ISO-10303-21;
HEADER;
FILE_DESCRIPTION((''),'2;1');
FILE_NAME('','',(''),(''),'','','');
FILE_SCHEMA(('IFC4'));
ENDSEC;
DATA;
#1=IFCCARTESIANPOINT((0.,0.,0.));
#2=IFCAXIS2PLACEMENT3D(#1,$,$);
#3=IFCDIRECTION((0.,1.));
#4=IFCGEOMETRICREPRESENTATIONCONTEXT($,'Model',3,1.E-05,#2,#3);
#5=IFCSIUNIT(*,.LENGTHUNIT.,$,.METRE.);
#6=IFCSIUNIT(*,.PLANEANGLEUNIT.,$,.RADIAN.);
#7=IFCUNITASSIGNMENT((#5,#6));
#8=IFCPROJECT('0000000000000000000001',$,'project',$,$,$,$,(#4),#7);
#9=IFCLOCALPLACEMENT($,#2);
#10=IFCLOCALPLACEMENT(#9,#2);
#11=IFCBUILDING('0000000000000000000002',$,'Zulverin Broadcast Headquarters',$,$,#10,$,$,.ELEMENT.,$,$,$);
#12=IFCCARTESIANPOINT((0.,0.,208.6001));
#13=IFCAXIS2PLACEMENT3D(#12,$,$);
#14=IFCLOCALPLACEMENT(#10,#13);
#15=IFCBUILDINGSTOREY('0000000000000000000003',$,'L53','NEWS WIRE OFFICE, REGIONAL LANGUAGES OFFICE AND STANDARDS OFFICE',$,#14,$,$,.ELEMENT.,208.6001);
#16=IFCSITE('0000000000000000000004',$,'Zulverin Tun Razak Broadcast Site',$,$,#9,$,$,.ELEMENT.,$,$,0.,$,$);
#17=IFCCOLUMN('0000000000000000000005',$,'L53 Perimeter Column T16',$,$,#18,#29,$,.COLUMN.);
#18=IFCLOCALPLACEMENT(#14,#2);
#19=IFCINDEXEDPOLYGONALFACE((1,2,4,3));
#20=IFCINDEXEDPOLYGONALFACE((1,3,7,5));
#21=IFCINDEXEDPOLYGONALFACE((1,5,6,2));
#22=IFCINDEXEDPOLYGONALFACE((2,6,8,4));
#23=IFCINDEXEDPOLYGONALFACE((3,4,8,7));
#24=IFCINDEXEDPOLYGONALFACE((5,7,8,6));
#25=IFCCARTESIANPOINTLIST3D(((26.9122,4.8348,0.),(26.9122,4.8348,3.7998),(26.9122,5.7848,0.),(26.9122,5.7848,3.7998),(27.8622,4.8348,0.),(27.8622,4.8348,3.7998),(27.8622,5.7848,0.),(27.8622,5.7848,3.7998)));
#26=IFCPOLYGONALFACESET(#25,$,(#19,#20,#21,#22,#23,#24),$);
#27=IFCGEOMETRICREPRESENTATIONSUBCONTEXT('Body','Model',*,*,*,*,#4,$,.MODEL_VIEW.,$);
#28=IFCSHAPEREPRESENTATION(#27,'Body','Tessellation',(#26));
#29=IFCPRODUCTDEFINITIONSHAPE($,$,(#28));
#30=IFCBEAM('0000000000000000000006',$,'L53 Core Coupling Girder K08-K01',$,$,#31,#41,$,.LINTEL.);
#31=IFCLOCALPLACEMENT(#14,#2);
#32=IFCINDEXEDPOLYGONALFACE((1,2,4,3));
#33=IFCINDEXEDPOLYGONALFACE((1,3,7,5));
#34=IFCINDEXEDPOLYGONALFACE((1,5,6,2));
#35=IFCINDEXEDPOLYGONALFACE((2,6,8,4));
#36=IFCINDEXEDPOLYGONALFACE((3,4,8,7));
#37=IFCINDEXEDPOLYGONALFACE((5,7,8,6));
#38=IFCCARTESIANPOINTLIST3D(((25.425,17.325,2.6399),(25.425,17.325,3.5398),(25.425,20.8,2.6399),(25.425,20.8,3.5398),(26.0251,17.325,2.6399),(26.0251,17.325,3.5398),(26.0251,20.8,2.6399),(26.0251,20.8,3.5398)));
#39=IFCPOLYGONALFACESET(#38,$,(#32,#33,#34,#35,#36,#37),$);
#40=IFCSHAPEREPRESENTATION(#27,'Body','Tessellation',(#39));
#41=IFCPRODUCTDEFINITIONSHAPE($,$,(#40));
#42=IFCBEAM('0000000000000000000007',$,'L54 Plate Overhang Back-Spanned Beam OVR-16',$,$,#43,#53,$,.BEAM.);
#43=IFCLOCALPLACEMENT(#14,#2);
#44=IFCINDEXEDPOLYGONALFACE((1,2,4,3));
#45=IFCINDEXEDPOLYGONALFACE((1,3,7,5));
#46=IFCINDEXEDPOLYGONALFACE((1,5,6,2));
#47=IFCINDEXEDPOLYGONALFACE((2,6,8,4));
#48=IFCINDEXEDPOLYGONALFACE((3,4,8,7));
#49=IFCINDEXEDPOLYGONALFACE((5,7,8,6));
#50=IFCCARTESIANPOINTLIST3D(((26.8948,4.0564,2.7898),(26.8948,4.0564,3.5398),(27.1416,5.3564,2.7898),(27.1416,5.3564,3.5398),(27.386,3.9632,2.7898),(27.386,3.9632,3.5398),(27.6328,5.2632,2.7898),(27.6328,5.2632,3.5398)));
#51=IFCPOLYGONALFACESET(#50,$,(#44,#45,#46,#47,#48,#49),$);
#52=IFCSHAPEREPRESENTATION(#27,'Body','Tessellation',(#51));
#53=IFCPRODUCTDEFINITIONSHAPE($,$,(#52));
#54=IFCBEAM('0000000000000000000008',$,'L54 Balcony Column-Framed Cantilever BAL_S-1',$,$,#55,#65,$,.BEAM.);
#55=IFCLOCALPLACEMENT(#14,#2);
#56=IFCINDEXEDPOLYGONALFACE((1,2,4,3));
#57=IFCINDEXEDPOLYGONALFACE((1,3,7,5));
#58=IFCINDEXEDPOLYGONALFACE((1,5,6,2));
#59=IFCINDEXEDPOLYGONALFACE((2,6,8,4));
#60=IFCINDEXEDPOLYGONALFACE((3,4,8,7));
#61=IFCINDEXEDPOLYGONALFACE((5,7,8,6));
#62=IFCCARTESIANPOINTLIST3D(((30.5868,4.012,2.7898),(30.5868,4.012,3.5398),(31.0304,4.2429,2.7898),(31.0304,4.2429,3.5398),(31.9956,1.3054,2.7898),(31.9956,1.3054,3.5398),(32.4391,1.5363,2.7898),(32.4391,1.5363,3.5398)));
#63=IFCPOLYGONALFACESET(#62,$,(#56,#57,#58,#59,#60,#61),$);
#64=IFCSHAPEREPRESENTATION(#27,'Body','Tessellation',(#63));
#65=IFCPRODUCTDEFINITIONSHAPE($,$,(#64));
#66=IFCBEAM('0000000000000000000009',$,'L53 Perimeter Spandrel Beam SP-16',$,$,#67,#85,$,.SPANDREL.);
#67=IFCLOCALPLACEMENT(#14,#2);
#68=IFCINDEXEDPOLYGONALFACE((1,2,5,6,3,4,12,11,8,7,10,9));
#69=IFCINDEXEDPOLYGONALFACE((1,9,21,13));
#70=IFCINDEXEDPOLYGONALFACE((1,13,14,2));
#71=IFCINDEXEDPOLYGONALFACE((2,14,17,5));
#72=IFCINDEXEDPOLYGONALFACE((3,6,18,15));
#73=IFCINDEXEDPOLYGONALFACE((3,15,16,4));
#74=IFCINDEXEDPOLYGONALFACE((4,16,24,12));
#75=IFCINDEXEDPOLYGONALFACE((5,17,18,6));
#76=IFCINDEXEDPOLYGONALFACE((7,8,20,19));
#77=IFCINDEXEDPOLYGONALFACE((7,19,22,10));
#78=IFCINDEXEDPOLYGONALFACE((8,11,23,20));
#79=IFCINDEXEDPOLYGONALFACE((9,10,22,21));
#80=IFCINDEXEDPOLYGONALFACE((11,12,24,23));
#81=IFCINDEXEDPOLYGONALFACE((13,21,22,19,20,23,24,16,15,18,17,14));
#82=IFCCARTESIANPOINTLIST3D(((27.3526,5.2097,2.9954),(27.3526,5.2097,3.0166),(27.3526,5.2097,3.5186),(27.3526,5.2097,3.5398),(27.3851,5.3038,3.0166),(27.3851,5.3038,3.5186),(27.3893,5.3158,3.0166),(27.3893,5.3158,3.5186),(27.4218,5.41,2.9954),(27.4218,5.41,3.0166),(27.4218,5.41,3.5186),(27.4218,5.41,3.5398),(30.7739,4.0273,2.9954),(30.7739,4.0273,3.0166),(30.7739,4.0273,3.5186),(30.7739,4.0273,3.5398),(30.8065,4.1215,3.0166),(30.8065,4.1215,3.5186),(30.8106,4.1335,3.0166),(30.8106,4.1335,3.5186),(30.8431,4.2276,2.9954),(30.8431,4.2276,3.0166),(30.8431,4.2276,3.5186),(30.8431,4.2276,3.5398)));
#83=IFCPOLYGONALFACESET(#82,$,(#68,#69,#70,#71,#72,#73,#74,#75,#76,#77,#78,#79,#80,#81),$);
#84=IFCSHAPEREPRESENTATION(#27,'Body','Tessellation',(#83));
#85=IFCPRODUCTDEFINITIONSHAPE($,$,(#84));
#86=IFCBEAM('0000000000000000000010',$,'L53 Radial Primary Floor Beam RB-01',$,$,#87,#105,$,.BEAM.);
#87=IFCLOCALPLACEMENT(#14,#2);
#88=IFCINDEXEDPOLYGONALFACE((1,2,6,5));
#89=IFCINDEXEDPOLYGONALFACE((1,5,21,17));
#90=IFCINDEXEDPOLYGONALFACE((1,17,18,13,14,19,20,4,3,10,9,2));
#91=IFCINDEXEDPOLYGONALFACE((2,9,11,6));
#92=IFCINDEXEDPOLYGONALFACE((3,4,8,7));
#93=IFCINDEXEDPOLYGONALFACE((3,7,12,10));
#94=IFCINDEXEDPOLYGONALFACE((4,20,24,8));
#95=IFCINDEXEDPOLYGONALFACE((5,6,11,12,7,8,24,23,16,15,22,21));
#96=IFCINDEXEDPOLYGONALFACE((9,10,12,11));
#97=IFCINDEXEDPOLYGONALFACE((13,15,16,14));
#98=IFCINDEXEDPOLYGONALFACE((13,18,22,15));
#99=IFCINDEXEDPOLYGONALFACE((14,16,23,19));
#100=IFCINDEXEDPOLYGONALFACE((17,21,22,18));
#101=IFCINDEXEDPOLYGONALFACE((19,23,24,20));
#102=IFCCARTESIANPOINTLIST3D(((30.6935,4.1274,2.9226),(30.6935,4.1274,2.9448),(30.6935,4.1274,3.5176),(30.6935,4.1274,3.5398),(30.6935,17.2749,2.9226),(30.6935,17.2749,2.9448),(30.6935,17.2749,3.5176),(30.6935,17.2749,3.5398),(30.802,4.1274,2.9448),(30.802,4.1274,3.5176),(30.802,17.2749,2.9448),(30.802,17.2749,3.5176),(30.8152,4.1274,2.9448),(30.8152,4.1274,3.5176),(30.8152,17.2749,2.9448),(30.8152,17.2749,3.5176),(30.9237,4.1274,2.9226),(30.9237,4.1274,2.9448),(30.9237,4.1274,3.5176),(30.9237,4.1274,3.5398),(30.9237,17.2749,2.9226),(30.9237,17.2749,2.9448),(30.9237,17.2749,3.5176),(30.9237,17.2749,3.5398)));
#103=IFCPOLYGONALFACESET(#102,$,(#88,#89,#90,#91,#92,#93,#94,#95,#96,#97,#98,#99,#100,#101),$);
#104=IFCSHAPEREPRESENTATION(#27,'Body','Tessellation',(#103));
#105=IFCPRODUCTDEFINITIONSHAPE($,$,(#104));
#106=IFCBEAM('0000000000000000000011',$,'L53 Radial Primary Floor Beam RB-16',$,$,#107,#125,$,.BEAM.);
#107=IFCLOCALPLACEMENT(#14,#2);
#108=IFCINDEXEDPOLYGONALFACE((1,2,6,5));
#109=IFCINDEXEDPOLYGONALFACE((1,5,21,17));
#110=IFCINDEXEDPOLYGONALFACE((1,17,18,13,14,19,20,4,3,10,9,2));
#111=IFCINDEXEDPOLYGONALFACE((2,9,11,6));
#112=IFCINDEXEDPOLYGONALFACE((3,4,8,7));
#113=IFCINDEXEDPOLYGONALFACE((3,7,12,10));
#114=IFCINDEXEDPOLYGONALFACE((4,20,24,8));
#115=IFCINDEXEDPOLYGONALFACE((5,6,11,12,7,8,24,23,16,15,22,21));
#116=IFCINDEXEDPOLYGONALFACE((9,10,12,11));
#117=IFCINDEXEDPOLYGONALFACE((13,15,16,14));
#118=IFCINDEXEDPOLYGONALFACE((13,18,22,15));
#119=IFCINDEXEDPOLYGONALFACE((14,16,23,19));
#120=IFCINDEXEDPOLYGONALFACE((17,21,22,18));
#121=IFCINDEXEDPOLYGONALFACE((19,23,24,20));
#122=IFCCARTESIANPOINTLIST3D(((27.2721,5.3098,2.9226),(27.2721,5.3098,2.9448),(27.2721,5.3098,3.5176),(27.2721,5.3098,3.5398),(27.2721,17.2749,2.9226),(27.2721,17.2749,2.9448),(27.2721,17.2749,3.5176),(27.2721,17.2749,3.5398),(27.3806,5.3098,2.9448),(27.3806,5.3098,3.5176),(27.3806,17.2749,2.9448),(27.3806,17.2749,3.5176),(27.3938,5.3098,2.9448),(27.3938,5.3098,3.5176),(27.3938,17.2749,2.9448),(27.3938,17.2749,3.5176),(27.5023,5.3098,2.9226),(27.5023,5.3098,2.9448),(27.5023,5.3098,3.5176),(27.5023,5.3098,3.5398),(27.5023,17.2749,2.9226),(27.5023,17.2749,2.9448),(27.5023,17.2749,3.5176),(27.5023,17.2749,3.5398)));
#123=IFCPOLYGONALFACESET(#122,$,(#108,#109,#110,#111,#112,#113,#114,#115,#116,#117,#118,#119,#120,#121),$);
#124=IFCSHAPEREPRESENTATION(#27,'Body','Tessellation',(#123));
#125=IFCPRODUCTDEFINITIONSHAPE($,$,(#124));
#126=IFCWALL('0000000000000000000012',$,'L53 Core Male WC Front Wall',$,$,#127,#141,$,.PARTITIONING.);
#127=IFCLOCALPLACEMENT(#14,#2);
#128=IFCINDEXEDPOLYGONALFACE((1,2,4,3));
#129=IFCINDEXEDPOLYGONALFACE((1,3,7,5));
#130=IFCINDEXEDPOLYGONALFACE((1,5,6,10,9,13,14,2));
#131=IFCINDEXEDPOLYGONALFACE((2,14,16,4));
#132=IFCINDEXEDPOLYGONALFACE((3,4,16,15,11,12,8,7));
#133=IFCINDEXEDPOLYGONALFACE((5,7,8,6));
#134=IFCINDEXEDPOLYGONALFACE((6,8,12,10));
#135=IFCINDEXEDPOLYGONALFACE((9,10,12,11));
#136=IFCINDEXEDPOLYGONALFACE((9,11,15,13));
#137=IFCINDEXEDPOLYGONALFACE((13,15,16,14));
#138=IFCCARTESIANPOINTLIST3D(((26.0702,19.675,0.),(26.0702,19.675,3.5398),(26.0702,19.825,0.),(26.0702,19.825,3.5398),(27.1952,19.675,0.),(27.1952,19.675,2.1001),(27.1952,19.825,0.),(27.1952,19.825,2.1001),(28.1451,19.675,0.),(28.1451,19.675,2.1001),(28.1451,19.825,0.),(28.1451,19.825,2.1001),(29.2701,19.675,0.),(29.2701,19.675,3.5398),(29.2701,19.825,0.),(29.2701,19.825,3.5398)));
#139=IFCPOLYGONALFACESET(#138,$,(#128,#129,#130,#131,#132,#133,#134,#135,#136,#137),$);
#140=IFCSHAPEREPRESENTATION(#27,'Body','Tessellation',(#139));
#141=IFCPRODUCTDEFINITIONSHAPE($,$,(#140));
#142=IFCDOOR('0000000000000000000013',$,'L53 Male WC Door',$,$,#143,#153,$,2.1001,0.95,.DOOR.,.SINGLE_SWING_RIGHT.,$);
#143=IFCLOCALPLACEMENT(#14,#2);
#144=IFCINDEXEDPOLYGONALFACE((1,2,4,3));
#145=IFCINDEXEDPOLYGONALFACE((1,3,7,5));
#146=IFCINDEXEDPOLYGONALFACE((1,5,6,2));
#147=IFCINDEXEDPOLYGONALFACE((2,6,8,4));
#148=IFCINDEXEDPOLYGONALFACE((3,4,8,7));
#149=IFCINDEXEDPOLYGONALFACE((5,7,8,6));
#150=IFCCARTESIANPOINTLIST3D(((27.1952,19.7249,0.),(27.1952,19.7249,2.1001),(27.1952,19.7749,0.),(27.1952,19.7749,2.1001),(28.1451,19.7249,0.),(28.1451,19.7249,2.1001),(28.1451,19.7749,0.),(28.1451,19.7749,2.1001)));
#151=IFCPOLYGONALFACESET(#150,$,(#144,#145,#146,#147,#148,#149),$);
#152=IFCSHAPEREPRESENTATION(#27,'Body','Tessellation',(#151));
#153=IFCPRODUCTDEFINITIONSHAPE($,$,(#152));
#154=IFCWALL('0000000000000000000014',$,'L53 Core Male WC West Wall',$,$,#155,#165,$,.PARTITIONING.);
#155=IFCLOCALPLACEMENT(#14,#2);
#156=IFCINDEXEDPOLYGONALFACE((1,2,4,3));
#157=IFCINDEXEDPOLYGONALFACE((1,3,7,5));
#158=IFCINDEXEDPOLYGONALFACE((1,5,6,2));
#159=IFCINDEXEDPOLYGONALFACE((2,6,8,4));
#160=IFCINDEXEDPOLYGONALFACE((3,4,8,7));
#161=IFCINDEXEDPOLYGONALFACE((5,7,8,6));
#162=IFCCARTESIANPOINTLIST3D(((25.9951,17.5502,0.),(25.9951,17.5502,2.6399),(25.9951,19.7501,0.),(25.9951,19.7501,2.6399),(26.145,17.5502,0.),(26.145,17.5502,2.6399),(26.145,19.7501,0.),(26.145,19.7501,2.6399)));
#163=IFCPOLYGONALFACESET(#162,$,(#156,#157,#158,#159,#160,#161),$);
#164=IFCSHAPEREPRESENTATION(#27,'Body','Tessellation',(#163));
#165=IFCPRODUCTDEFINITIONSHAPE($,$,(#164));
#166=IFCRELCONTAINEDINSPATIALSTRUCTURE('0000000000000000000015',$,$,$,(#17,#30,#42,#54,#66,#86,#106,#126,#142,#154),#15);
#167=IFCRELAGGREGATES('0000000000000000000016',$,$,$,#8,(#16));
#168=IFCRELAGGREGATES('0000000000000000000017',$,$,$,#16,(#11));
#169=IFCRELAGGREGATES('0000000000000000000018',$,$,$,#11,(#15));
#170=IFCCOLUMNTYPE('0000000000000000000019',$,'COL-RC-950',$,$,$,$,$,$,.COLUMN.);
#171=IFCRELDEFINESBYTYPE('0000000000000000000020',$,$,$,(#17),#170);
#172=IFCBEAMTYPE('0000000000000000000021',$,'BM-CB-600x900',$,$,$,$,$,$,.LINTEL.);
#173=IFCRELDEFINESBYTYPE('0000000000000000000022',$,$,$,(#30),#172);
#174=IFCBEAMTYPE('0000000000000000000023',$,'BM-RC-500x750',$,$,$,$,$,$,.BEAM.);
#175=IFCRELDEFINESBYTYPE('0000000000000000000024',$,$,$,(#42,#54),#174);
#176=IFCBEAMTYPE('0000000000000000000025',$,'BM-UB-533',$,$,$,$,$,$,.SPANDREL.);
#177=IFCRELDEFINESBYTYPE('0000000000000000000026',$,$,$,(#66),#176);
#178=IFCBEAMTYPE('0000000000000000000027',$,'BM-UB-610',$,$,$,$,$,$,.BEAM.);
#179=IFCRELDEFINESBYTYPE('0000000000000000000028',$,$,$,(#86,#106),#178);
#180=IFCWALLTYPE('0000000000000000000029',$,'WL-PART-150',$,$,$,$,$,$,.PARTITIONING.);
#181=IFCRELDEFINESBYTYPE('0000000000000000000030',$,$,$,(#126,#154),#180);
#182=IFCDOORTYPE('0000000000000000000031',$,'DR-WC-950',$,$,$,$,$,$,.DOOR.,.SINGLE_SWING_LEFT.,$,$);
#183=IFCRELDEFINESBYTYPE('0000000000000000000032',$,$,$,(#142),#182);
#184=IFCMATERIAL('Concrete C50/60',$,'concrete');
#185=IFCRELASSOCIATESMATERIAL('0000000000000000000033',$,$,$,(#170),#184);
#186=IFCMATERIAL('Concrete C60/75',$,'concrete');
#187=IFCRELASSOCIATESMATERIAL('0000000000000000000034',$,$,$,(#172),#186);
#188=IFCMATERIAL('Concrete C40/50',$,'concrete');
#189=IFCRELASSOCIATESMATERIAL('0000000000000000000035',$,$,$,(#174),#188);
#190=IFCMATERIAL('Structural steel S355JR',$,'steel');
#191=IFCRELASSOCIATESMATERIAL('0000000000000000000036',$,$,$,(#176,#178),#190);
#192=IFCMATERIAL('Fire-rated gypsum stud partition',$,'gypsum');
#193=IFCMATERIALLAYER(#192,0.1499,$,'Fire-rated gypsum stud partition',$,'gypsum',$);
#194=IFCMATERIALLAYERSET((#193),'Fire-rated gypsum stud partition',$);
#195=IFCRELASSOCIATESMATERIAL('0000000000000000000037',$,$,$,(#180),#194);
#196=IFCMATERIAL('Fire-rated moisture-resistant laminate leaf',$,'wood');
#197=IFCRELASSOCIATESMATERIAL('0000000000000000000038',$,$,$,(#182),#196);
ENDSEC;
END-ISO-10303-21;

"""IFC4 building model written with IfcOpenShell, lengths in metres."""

from ifc_helpers import new_model, si_unit, direction, frame, frame_2d, origin, origin_2d, place, context, subcontext, project, spatial, rectangle, i_section, extrude, material, layer, layer_set, material_profile, profile_set, type_object, element, fill, save


model = new_model("IFC4")

# Units and contexts
model_context = context("Model", 3, precision=1e-05, world=origin(), true_north=direction((0.0, 1.0)))
body_context = subcontext(model_context, "Body", "Model", "MODEL_VIEW")
ifc_project = project(units=[si_unit("LENGTHUNIT", "METRE"), si_unit("PLANEANGLEUNIT", "RADIAN")], contexts=[model_context])

# Site, building, storey
site_placement = place(None, origin())
site = spatial("IfcSite", under=ifc_project, at=site_placement, Name="Zulverin Tun Razak Broadcast Site", CompositionType="ELEMENT", RefElevation=0.0)
building_placement = place(site_placement, origin())
building = spatial("IfcBuilding", under=site, at=building_placement, Name="Zulverin Broadcast Headquarters", CompositionType="ELEMENT")
storey_placement = place(building_placement, frame((0.0, 0.0, 208.6001)))
storey = spatial("IfcBuildingStorey", under=building, at=storey_placement, Name="L53", Description="NEWS WIRE OFFICE, REGIONAL LANGUAGES OFFICE AND STANDARDS OFFICE", CompositionType="ELEMENT", Elevation=208.6001)

# Column
ifc_material_1 = material(Name="Concrete C50/60", Category="concrete")
ifc_material_profile_1 = material_profile(ifc_material_1, rectangle(XDim=0.95, YDim=0.95, at=origin_2d()), Name="Concrete C50/60", Category="concrete")
ifc_profile_set_1 = profile_set([ifc_material_profile_1], Name="Concrete C50/60")
column_type = type_object("IfcColumnType", Name="COL-RC-950", PredefinedType="COLUMN", material=ifc_profile_set_1)
column_placement = place(storey_placement, frame((27.3872, 5.3098, 0.0), z_axis=(0.0, 0.0, 1.0), x_axis=(1.0, 0.0, 0.0)))
element("IfcColumn", 1, at=column_placement, inside=storey, type_object=column_type, Name="L53 Perimeter Column T16", PredefinedType="COLUMN", context=body_context, shape_type="SweptSolid", body=[
    extrude(rectangle(XDim=0.95, YDim=0.95, at=origin_2d()), origin(), (0.0, 0.0, 1.0), 3.7998),
])

# Beams
ifc_material_2 = material(Name="Concrete C60/75", Category="concrete")
ifc_material_profile_2 = material_profile(ifc_material_2, rectangle(XDim=0.6001, YDim=0.8999, at=origin_2d()), Name="Concrete C60/75", Category="concrete")
ifc_profile_set_2 = profile_set([ifc_material_profile_2], Name="Concrete C60/75")
beam_type_1 = type_object("IfcBeamType", Name="BM-CB-600x900", PredefinedType="LINTEL", material=ifc_profile_set_2)
beam_1_placement = place(storey_placement, frame((25.7251, 20.8, 3.0898), z_axis=(0.0, -1.0, 0.0), x_axis=(1.0, 0.0, 0.0)))
element("IfcBeam", 2, at=beam_1_placement, inside=storey, type_object=beam_type_1, Name="L53 Core Coupling Girder K08-K01", PredefinedType="LINTEL", context=body_context, shape_type="SweptSolid", body=[
    extrude(rectangle(XDim=0.6001, YDim=0.8999, at=origin_2d()), origin(), (0.0, 0.0, 1.0), 3.4751),
])
ifc_material_3 = material(Name="Concrete C40/50", Category="concrete")
ifc_material_profile_3 = material_profile(ifc_material_3, rectangle(XDim=0.5, YDim=0.75, at=origin_2d()), Name="Concrete C40/50", Category="concrete")
ifc_profile_set_3 = profile_set([ifc_material_profile_3], Name="Concrete C40/50")
beam_type_2 = type_object("IfcBeamType", Name="BM-RC-500x750", PredefinedType="BEAM", material=ifc_profile_set_3)
beam_2_placement = place(storey_placement, frame((27.3872, 5.3098, 3.1648), z_axis=(-0.186527, -0.98245, 0.0), x_axis=(0.98245, -0.186527, 0.0)))
element("IfcBeam", 3, at=beam_2_placement, inside=storey, type_object=beam_type_2, Name="L54 Plate Overhang Back-Spanned Beam OVR-16", PredefinedType="BEAM", context=body_context, shape_type="SweptSolid", body=[
    extrude(rectangle(XDim=0.5, YDim=0.75, at=origin_2d()), origin(), (0.0, 0.0, 1.0), 1.3232),
])
beam_3_placement = place(storey_placement, frame((30.8086, 4.1274, 3.1648), z_axis=(0.461685, -0.887044, 0.0), x_axis=(0.887044, 0.461685, 0.0)))
element("IfcBeam", 4, at=beam_3_placement, inside=storey, type_object=beam_type_2, Name="L54 Balcony Column-Framed Cantilever BAL_S-1", PredefinedType="BEAM", context=body_context, shape_type="SweptSolid", body=[
    extrude(rectangle(XDim=0.5, YDim=0.75, at=origin_2d()), origin(), (0.0, 0.0, 1.0), 3.0513),
])
ifc_material_4 = material(Name="Structural steel S355JR", Category="steel")
ifc_material_profile_4 = material_profile(ifc_material_4, i_section(OverallWidth=0.2119, OverallDepth=0.5444, WebThickness=0.0127, FlangeThickness=0.0212, at=origin_2d()), Name="Structural steel S355JR", Category="steel")
ifc_profile_set_4 = profile_set([ifc_material_profile_4], Name="Structural steel S355JR")
beam_type_3 = type_object("IfcBeamType", Name="BM-UB-533", PredefinedType="SPANDREL", material=ifc_profile_set_4)
beam_4_placement = place(storey_placement, frame((27.3872, 5.3098, 3.2676), z_axis=(0.945153, -0.326629, 0.0), x_axis=(0.326629, 0.945153, 0.0)))
element("IfcBeam", 5, at=beam_4_placement, inside=storey, type_object=beam_type_3, Name="L53 Perimeter Spandrel Beam SP-16", PredefinedType="SPANDREL", context=body_context, shape_type="SweptSolid", body=[
    extrude(i_section(OverallWidth=0.2119, OverallDepth=0.5444, WebThickness=0.0127, FlangeThickness=0.0212, at=origin_2d()), origin(), (0.0, 0.0, 1.0), 3.6199),
])
ifc_material_profile_5 = material_profile(ifc_material_4, i_section(OverallWidth=0.2302, OverallDepth=0.6172, WebThickness=0.0132, FlangeThickness=0.0222, at=origin_2d()), Name="Structural steel S355JR", Category="steel")
ifc_profile_set_5 = profile_set([ifc_material_profile_5], Name="Structural steel S355JR")
beam_type_4 = type_object("IfcBeamType", Name="BM-UB-610", PredefinedType="BEAM", material=ifc_profile_set_5)
beam_5_placement = place(storey_placement, frame((30.8086, 17.2749, 3.2312), z_axis=(0.0, -1.0, 0.0), x_axis=(1.0, 0.0, 0.0)))
element("IfcBeam", 6, at=beam_5_placement, inside=storey, type_object=beam_type_4, Name="L53 Radial Primary Floor Beam RB-01", PredefinedType="BEAM", context=body_context, shape_type="SweptSolid", body=[
    extrude(i_section(OverallWidth=0.2302, OverallDepth=0.6172, WebThickness=0.0132, FlangeThickness=0.0222, at=origin_2d()), origin(), (0.0, 0.0, 1.0), 13.1475),
])
beam_6_placement = place(storey_placement, frame((27.3872, 17.2749, 3.2312), z_axis=(0.0, -1.0, 0.0), x_axis=(1.0, 0.0, 0.0)))
element("IfcBeam", 7, at=beam_6_placement, inside=storey, type_object=beam_type_4, Name="L53 Radial Primary Floor Beam RB-16", PredefinedType="BEAM", context=body_context, shape_type="SweptSolid", body=[
    extrude(i_section(OverallWidth=0.2302, OverallDepth=0.6172, WebThickness=0.0132, FlangeThickness=0.0222, at=origin_2d()), origin(), (0.0, 0.0, 1.0), 11.9651),
])

# Wall, opening, door
ifc_material_5 = material(Name="Fire-rated gypsum stud partition", Category="gypsum")
ifc_layer_1 = layer(ifc_material_5, 0.1499, Name="Fire-rated gypsum stud partition", Category="gypsum")
ifc_layer_set_1 = layer_set([ifc_layer_1], Name="Fire-rated gypsum stud partition")
wall_type_1 = type_object("IfcWallType", Name="WL-PART-150", PredefinedType="PARTITIONING", material=ifc_layer_set_1)
wall_1_placement = place(storey_placement, frame((26.0701, 19.75, 0.0), z_axis=(0.0, 0.0, 1.0), x_axis=(1.0, 0.0, 0.0)))
wall_1 = element("IfcWall", 8, at=wall_1_placement, inside=storey, type_object=wall_type_1, Name="L53 Core Male WC Front Wall", PredefinedType="PARTITIONING", context=body_context, shape_type="SweptSolid", body=[
    extrude(rectangle(XDim=3.2, YDim=0.1499, at=frame_2d((1.6001, 0.0))), origin(), (0.0, 0.0, 1.0), 3.5398),
])
opening_1_placement = place(wall_1_placement, frame((1.125, 0.0, 0.0)))
opening_1 = element("IfcOpeningElement", 9, at=opening_1_placement, cuts=wall_1, PredefinedType="OPENING", context=body_context, shape_type="SweptSolid", body=[
    extrude(rectangle(XDim=0.95, YDim=2.1001, at=frame_2d((0.4751, 1.05))), frame((0.0, 0.085, 0.0), z_axis=(0.0, -1.0, 0.0), x_axis=(1.0, 0.0, 0.0)), (0.0, 0.0, 1.0), 0.1699),
])
ifc_material_6 = material(Name="Fire-rated moisture-resistant laminate leaf", Category="wood")
door_type_1 = type_object("IfcDoorType", Name="DR-WC-950", OperationType="SINGLE_SWING_LEFT", PredefinedType="DOOR", material=ifc_material_6)
door_1_placement = place(opening_1_placement, origin())
door_1 = element("IfcDoor", 10, at=door_1_placement, inside=storey, type_object=door_type_1, Name="L53 Male WC Door", OperationType="SINGLE_SWING_RIGHT", OverallHeight=2.1001, OverallWidth=0.95, PredefinedType="DOOR", context=body_context, shape_type="SweptSolid", body=[
    extrude(rectangle(XDim=0.95, YDim=2.1001, at=frame_2d((0.4751, 1.05))), frame((0.0, 0.0249, 0.0), z_axis=(0.0, -1.0, 0.0), x_axis=(1.0, 0.0, 0.0)), (0.0, 0.0, 1.0), 0.05),
])
fill(opening_1, door_1)

# Wall
wall_2_placement = place(storey_placement, frame((26.0701, 17.55, 0.0), z_axis=(0.0, 0.0, 1.0), x_axis=(0.0, 1.0, 0.0)))
element("IfcWall", 11, at=wall_2_placement, inside=storey, type_object=wall_type_1, Name="L53 Core Male WC West Wall", PredefinedType="PARTITIONING", context=body_context, shape_type="SweptSolid", body=[
    extrude(rectangle(XDim=2.2, YDim=0.1499, at=frame_2d((1.1001, 0.0))), origin(), (0.0, 0.0, 1.0), 2.6399),
])

save(model, "model.ifc")
